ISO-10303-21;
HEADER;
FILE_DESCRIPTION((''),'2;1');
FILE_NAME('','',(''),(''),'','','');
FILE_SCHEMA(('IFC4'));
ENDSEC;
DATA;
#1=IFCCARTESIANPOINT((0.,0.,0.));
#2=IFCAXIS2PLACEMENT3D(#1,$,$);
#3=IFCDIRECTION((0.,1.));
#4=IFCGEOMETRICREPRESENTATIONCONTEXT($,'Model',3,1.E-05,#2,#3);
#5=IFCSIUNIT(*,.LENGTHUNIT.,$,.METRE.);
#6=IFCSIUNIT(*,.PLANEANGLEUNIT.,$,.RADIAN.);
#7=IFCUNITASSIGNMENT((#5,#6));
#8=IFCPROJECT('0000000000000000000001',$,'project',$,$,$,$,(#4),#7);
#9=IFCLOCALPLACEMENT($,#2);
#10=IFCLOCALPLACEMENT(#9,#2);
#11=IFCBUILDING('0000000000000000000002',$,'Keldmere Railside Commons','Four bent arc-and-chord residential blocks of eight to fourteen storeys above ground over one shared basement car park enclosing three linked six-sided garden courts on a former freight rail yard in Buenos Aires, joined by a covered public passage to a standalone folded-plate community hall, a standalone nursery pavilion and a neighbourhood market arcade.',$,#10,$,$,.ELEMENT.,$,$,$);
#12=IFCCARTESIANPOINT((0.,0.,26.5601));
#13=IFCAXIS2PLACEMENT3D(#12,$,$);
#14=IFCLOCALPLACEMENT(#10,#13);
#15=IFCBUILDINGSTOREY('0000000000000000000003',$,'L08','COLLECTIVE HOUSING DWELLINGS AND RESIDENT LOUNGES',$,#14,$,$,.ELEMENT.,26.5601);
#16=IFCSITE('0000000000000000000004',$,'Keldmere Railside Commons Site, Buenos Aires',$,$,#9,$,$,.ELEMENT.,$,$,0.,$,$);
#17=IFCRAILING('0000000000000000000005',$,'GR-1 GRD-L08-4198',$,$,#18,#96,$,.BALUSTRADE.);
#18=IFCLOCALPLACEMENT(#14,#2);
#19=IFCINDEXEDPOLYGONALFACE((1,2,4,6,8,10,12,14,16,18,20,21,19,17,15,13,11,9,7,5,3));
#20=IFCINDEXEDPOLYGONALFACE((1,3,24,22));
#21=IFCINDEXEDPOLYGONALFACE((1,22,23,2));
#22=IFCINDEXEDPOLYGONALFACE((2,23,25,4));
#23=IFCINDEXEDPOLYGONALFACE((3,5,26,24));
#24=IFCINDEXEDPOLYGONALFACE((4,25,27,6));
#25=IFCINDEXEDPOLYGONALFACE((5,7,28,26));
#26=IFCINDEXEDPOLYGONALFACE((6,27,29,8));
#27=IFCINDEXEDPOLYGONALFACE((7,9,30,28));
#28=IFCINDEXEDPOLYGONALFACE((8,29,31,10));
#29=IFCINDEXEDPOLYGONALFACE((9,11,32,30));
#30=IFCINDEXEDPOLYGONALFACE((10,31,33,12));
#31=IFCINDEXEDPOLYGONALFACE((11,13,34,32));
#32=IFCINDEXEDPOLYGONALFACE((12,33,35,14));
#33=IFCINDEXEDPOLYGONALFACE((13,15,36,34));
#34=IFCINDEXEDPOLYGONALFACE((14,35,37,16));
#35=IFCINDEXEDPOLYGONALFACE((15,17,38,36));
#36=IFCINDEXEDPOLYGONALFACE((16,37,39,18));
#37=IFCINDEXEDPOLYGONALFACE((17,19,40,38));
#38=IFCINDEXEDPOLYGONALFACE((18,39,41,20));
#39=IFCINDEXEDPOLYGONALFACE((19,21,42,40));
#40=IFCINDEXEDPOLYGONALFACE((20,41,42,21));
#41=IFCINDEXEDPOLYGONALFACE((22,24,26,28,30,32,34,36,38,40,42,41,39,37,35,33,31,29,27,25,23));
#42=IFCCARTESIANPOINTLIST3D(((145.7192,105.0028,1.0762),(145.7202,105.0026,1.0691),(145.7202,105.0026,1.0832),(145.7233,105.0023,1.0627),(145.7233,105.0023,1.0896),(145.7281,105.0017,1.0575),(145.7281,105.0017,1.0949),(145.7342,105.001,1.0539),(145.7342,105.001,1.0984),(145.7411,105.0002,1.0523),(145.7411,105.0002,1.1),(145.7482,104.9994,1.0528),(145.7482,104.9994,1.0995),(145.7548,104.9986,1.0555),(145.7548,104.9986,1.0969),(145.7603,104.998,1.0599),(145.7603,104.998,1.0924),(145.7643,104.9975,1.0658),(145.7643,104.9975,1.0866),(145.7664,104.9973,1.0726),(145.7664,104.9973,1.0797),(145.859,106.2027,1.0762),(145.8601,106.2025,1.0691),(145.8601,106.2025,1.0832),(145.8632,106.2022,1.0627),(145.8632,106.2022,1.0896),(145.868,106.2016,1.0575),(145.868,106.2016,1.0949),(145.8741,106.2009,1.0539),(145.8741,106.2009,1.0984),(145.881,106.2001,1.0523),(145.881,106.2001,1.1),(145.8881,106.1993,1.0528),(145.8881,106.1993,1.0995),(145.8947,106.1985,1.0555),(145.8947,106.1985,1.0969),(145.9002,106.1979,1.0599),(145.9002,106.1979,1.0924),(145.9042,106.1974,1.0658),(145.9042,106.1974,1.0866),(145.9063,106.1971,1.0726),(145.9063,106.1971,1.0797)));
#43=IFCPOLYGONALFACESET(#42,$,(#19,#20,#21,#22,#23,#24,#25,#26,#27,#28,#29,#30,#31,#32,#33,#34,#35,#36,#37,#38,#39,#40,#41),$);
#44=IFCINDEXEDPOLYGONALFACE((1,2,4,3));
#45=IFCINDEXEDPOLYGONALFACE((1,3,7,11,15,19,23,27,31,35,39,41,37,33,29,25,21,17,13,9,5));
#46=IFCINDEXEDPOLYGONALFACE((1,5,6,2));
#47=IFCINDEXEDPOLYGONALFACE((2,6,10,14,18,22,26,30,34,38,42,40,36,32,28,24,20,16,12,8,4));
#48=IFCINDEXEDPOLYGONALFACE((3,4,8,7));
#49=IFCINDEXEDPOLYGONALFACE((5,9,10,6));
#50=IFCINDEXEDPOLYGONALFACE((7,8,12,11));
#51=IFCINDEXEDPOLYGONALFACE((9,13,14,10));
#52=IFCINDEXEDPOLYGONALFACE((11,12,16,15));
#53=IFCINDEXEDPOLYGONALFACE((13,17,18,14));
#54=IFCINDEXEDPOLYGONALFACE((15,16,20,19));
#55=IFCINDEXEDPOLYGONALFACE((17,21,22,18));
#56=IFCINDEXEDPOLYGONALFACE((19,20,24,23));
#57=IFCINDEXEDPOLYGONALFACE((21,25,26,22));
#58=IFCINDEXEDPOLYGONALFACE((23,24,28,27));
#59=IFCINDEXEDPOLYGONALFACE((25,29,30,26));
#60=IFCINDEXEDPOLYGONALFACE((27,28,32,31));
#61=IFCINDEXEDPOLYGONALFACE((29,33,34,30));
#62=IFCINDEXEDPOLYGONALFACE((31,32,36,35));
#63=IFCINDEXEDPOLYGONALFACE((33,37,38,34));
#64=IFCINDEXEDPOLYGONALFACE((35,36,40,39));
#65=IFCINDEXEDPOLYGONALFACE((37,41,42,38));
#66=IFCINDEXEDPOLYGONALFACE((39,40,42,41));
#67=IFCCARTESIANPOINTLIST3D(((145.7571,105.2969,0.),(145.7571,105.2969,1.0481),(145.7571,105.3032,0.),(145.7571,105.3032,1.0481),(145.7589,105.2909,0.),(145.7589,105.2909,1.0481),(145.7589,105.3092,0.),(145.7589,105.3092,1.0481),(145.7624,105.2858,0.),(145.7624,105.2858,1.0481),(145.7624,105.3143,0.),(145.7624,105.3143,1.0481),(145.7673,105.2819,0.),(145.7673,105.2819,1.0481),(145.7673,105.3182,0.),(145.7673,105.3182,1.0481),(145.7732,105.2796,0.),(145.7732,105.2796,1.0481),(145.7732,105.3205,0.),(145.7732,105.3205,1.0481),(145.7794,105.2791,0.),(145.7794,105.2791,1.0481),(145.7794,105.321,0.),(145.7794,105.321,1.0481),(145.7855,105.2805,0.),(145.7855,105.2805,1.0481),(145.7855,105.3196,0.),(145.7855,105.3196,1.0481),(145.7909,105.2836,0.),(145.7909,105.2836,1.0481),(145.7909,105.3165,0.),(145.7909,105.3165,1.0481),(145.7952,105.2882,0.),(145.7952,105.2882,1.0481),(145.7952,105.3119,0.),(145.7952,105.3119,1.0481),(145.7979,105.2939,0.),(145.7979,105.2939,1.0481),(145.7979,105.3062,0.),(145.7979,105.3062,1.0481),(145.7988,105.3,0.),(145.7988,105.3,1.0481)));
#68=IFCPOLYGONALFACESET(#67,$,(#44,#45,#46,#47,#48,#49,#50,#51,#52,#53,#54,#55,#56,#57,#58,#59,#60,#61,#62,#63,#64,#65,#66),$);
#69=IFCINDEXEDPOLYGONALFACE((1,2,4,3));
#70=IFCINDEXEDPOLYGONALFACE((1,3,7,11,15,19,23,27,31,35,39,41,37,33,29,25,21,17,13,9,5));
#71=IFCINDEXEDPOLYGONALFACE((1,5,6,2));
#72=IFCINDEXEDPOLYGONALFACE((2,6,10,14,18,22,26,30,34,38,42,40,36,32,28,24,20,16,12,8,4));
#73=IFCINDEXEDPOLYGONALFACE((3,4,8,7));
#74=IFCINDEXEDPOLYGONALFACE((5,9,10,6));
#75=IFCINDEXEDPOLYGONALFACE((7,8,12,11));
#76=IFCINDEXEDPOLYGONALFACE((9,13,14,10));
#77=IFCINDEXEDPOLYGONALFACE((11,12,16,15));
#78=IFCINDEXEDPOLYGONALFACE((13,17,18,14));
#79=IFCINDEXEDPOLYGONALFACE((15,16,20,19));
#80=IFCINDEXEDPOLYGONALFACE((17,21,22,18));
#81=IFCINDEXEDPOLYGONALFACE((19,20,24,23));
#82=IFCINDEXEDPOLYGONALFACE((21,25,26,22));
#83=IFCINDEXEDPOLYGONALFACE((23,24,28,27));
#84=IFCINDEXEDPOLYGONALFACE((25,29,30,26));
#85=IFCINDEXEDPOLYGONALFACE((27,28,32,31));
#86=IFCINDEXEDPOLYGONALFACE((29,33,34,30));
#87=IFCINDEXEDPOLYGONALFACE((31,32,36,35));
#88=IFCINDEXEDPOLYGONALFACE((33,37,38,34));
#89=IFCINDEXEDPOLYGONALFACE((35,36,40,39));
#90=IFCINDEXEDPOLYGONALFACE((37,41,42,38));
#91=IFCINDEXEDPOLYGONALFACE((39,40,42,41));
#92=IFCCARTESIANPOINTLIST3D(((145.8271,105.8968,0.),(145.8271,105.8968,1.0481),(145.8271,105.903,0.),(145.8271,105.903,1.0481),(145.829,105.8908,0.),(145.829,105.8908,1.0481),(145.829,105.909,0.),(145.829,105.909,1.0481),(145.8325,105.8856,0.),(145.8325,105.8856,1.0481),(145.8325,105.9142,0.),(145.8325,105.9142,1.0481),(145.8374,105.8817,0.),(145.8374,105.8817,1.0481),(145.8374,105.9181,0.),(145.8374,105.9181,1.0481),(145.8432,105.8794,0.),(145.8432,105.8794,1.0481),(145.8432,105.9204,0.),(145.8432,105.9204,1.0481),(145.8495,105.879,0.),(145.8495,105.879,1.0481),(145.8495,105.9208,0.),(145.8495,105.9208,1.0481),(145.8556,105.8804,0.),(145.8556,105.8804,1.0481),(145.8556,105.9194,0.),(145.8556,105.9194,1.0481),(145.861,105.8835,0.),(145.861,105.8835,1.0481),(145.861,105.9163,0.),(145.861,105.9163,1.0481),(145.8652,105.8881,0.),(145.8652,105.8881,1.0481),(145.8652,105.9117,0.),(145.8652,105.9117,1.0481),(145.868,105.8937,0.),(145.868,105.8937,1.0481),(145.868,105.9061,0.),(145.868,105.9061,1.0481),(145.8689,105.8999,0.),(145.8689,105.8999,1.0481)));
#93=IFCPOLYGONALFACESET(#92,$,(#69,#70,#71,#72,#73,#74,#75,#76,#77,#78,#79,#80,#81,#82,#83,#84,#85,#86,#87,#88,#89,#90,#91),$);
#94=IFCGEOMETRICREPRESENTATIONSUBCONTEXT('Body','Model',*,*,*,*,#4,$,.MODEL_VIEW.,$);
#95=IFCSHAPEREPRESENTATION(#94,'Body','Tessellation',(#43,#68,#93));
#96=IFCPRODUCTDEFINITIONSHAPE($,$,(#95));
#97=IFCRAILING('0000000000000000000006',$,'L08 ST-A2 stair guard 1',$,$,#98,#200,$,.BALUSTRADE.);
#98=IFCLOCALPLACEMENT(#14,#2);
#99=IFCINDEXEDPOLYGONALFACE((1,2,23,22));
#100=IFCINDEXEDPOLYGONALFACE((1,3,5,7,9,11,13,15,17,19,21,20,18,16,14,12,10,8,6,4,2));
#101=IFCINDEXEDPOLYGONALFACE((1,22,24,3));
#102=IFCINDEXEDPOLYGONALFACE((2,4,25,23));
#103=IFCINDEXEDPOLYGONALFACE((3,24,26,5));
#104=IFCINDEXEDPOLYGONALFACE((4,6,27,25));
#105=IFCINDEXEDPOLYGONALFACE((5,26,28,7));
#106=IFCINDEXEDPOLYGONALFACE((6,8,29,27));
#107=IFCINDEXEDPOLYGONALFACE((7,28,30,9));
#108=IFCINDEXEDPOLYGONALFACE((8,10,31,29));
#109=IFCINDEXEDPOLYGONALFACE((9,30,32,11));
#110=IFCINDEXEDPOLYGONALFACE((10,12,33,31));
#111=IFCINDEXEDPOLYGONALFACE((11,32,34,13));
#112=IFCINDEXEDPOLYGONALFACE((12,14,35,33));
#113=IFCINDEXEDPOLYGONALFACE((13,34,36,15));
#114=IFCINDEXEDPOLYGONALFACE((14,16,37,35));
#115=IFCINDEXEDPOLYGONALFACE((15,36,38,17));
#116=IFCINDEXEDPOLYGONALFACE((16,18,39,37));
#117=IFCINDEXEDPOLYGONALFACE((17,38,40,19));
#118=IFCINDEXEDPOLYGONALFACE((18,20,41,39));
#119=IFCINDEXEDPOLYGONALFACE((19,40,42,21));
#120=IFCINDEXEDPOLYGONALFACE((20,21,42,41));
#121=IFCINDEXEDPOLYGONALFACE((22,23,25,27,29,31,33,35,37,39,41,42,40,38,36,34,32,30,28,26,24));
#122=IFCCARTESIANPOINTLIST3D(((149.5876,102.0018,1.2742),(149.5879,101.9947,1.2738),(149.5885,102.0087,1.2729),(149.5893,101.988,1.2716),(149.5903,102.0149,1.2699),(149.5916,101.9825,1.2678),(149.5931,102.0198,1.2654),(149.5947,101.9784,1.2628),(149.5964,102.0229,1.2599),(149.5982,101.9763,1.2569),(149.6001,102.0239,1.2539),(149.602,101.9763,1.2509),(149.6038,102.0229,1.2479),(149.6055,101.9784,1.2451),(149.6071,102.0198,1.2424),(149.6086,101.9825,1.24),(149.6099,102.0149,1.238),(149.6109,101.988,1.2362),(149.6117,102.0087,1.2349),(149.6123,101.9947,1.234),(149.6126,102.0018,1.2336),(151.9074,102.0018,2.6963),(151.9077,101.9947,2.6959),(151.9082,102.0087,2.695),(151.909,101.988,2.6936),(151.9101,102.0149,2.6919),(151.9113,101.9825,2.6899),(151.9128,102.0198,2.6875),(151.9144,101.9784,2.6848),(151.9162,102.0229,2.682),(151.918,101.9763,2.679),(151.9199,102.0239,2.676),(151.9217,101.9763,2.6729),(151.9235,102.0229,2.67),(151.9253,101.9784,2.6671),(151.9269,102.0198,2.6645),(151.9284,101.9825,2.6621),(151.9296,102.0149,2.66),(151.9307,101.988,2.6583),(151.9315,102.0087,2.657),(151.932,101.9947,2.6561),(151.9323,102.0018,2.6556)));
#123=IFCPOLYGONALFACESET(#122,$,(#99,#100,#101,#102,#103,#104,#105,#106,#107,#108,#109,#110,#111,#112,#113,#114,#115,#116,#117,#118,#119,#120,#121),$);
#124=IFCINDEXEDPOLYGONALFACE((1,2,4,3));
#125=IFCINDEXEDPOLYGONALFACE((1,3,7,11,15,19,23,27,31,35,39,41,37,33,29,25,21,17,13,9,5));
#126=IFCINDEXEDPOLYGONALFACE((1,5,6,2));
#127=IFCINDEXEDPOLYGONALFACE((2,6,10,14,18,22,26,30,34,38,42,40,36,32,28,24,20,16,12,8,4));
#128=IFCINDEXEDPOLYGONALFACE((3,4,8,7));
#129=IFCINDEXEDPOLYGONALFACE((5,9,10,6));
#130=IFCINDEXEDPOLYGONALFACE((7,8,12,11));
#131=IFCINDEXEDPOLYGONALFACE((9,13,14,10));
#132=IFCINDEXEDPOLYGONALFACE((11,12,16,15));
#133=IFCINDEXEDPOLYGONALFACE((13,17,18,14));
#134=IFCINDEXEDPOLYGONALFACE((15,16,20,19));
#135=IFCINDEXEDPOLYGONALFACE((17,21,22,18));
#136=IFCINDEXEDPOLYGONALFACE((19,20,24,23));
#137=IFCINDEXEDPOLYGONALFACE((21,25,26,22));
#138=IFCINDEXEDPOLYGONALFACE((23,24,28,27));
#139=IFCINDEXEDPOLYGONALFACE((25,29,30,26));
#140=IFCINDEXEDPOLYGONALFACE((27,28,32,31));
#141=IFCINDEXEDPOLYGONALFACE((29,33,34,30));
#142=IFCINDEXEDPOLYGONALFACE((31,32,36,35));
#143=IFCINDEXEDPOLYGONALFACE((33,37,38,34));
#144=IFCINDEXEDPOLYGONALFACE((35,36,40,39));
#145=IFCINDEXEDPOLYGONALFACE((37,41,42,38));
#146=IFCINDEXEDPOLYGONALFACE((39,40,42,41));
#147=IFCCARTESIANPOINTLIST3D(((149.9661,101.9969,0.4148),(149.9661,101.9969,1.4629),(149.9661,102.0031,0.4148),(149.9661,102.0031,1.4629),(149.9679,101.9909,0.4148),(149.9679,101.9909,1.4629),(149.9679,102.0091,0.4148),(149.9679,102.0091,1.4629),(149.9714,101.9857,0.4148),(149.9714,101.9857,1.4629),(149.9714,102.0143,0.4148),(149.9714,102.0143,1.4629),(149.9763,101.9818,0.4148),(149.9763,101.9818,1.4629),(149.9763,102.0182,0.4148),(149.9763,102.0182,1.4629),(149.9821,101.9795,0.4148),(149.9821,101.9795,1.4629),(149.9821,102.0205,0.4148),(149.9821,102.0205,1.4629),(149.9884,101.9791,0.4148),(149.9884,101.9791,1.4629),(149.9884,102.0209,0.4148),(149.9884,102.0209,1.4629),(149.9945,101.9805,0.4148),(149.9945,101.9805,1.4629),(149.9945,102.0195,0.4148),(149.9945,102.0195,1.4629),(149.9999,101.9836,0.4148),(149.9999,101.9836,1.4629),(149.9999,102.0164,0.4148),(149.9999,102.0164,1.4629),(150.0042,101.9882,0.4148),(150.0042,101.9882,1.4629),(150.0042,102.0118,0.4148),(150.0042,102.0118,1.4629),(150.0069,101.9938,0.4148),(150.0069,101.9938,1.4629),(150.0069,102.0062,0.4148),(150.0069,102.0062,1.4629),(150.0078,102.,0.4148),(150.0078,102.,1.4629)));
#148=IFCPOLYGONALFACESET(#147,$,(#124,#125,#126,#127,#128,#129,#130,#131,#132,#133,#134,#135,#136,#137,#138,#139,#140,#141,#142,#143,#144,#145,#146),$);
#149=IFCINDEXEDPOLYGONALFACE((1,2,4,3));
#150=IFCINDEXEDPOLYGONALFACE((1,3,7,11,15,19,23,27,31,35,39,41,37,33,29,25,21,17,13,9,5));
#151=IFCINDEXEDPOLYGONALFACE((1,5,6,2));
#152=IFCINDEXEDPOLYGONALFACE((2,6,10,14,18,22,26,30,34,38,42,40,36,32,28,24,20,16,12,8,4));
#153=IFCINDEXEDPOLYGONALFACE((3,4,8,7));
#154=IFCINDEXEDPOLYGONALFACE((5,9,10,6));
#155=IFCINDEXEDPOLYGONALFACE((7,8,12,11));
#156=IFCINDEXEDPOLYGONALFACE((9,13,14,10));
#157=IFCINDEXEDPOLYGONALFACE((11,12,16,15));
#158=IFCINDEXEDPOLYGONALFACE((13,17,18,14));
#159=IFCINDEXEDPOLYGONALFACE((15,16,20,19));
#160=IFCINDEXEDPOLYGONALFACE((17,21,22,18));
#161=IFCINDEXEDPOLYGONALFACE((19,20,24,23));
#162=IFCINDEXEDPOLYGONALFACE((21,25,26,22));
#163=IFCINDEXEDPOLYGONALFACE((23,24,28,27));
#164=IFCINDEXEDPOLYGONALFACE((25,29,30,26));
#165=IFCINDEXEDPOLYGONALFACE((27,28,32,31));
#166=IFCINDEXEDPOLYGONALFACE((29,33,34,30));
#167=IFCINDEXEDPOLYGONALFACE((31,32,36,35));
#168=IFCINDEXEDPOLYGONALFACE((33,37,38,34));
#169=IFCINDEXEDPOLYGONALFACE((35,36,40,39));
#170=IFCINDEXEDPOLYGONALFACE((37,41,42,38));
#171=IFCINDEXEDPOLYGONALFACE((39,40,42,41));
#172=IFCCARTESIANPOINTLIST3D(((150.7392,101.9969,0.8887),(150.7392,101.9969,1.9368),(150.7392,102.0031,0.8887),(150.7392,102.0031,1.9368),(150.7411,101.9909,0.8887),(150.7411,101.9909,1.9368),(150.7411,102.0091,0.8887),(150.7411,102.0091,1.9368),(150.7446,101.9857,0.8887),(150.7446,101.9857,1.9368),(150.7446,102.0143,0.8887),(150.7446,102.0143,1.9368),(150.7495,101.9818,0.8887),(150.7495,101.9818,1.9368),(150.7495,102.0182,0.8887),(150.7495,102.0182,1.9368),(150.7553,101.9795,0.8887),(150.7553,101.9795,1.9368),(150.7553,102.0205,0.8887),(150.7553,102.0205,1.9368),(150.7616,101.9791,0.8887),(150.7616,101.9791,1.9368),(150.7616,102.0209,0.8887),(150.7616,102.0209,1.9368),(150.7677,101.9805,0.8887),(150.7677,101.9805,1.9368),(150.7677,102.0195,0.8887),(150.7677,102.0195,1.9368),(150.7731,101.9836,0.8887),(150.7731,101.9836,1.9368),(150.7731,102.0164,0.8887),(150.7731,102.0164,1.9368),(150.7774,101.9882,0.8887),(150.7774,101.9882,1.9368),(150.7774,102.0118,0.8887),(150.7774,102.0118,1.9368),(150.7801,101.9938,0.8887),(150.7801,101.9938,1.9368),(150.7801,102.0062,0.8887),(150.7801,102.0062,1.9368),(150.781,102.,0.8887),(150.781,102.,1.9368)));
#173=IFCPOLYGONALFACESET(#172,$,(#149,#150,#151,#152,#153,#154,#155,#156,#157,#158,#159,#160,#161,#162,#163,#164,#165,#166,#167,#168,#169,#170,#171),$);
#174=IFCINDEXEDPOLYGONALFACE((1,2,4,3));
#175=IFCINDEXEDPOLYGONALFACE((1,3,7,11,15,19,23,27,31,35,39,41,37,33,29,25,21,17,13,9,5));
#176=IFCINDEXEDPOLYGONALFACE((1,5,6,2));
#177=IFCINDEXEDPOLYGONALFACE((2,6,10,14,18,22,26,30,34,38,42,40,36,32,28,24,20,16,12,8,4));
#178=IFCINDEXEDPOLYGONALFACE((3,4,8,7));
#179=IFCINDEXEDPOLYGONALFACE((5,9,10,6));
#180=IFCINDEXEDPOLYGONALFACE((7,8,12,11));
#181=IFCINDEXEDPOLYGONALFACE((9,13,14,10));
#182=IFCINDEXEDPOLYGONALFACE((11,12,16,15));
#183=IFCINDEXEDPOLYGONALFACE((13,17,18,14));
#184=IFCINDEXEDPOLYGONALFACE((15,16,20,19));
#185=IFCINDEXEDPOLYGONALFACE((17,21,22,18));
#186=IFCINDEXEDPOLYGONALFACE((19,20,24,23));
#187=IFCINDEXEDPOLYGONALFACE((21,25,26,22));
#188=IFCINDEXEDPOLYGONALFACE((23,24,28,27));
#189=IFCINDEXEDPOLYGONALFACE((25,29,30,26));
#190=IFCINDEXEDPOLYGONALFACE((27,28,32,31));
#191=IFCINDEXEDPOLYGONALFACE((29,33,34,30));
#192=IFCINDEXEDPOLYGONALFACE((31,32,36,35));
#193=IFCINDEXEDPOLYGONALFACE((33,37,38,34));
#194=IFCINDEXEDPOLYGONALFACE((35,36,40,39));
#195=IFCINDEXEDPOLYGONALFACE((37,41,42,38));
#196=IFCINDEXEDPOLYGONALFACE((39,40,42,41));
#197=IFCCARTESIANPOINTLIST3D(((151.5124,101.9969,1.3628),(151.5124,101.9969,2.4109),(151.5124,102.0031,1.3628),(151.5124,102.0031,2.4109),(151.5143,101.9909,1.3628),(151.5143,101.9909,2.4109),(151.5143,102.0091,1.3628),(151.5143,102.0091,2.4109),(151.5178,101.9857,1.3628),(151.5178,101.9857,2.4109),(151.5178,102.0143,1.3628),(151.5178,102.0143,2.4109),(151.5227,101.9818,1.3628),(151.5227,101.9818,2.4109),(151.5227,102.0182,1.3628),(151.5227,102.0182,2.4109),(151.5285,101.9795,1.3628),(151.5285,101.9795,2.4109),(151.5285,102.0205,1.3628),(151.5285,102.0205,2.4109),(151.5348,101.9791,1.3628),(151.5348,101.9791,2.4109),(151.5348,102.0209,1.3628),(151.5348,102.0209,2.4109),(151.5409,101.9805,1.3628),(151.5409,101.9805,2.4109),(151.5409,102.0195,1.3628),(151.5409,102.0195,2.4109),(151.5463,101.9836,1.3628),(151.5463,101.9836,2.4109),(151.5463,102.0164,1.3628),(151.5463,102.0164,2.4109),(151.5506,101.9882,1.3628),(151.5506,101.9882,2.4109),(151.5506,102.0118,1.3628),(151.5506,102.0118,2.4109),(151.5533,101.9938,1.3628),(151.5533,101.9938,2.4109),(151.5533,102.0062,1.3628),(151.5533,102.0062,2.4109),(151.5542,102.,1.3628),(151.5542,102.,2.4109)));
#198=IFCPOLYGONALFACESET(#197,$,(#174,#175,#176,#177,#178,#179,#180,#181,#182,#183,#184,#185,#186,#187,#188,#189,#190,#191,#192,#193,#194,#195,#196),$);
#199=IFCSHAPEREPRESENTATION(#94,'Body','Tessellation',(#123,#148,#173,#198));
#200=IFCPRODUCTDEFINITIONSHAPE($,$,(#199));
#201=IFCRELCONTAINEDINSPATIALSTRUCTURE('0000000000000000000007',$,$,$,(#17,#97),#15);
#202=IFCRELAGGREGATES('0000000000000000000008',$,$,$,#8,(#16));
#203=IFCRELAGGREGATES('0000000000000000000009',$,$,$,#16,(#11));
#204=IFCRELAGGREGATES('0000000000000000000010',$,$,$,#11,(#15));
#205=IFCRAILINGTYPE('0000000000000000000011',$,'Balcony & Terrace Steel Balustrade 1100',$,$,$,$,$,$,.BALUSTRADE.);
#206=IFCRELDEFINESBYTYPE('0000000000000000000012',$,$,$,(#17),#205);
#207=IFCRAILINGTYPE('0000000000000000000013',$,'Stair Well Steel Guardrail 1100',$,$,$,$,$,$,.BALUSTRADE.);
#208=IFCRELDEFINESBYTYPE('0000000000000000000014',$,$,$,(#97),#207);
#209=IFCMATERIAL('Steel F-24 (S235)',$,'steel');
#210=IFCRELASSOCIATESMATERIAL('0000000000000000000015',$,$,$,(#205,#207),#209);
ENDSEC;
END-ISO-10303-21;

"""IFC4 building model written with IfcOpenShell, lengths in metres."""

from ifc_helpers import new_model, si_unit, direction, frame, origin, origin_2d, place, context, subcontext, project, spatial, circle, extrude, material, type_object, element, save


model = new_model("IFC4")

# Units and contexts
model_context = context("Model", 3, precision=1e-05, world=origin(), true_north=direction((0.0, 1.0)))
body_context = subcontext(model_context, "Body", "Model", "MODEL_VIEW")
ifc_project = project(units=[si_unit("LENGTHUNIT", "METRE"), si_unit("PLANEANGLEUNIT", "RADIAN")], contexts=[model_context])

# Site, building, storey
site_placement = place(None, origin())
site = spatial("IfcSite", under=ifc_project, at=site_placement, Name="Keldmere Railside Commons Site, Buenos Aires", CompositionType="ELEMENT", RefElevation=0.0)
building_placement = place(site_placement, origin())
building = spatial("IfcBuilding", under=site, at=building_placement, Name="Keldmere Railside Commons", Description="Four bent arc-and-chord residential blocks of eight to fourteen storeys above ground over one shared basement car park enclosing three linked six-sided garden courts on a former freight rail yard in Buenos Aires, joined by a covered public passage to a standalone folded-plate community hall, a standalone nursery pavilion and a neighbourhood market arcade.", CompositionType="ELEMENT")
storey_placement = place(building_placement, frame((0.0, 0.0, 26.5601)))
storey = spatial("IfcBuildingStorey", under=building, at=storey_placement, Name="L08", Description="COLLECTIVE HOUSING DWELLINGS AND RESIDENT LOUNGES", CompositionType="ELEMENT", Elevation=26.5601)

# Railings
ifc_material_1 = material(Name="Steel F-24 (S235)", Category="steel")
railing_type_1 = type_object("IfcRailingType", Name="Balcony & Terrace Steel Balustrade 1100", PredefinedType="BALUSTRADE", material=ifc_material_1)
railing_1_placement = place(storey_placement, frame((145.7429, 105.0, 0.0)))
element("IfcRailing", 1, at=railing_1_placement, inside=storey, type_object=railing_type_1, Name="GR-1 GRD-L08-4198", PredefinedType="BALUSTRADE", context=body_context, shape_type="SweptSolid", body=[
    extrude(circle(Radius=0.0239, at=origin_2d()), frame((0.0, 0.0, 1.0762), z_axis=(0.115798, 0.993273, 0.0), x_axis=(-0.993273, 0.115798, 0.0)), (0.0, 0.0, 1.0), 1.208),
    extrude(circle(Radius=0.021, at=origin_2d()), frame((0.0349, 0.3, 0.0)), (0.0, 0.0, 1.0), 1.0481),
    extrude(circle(Radius=0.021, at=origin_2d()), frame((0.105, 0.8999, 0.0)), (0.0, 0.0, 1.0), 1.0481),
])
railing_type_2 = type_object("IfcRailingType", Name="Stair Well Steel Guardrail 1100", PredefinedType="BALUSTRADE", material=ifc_material_1)
railing_2_placement = place(storey_placement, frame((149.6001, 102.0, 0.1777)))
element("IfcRailing", 2, at=railing_2_placement, inside=storey, type_object=railing_type_2, Name="L08 ST-A2 stair guard 1", PredefinedType="BALUSTRADE", context=body_context, shape_type="SweptSolid", body=[
    extrude(circle(Radius=0.0239, at=origin_2d()), frame((0.0, 0.0, 1.0762), z_axis=(0.852554, 0.0, 0.52264), x_axis=(0.0, 1.0, 0.0)), (0.0, 0.0, 1.0), 2.7209),
    extrude(circle(Radius=0.021, at=origin_2d()), frame((0.3867, 0.0, 0.2371)), (0.0, 0.0, 1.0), 1.0481),
    extrude(circle(Radius=0.021, at=origin_2d()), frame((1.1599, 0.0, 0.7109)), (0.0, 0.0, 1.0), 1.0481),
    extrude(circle(Radius=0.021, at=origin_2d()), frame((1.9331, 0.0, 1.1851)), (0.0, 0.0, 1.0), 1.0481),
])

save(model, "model.ifc")
